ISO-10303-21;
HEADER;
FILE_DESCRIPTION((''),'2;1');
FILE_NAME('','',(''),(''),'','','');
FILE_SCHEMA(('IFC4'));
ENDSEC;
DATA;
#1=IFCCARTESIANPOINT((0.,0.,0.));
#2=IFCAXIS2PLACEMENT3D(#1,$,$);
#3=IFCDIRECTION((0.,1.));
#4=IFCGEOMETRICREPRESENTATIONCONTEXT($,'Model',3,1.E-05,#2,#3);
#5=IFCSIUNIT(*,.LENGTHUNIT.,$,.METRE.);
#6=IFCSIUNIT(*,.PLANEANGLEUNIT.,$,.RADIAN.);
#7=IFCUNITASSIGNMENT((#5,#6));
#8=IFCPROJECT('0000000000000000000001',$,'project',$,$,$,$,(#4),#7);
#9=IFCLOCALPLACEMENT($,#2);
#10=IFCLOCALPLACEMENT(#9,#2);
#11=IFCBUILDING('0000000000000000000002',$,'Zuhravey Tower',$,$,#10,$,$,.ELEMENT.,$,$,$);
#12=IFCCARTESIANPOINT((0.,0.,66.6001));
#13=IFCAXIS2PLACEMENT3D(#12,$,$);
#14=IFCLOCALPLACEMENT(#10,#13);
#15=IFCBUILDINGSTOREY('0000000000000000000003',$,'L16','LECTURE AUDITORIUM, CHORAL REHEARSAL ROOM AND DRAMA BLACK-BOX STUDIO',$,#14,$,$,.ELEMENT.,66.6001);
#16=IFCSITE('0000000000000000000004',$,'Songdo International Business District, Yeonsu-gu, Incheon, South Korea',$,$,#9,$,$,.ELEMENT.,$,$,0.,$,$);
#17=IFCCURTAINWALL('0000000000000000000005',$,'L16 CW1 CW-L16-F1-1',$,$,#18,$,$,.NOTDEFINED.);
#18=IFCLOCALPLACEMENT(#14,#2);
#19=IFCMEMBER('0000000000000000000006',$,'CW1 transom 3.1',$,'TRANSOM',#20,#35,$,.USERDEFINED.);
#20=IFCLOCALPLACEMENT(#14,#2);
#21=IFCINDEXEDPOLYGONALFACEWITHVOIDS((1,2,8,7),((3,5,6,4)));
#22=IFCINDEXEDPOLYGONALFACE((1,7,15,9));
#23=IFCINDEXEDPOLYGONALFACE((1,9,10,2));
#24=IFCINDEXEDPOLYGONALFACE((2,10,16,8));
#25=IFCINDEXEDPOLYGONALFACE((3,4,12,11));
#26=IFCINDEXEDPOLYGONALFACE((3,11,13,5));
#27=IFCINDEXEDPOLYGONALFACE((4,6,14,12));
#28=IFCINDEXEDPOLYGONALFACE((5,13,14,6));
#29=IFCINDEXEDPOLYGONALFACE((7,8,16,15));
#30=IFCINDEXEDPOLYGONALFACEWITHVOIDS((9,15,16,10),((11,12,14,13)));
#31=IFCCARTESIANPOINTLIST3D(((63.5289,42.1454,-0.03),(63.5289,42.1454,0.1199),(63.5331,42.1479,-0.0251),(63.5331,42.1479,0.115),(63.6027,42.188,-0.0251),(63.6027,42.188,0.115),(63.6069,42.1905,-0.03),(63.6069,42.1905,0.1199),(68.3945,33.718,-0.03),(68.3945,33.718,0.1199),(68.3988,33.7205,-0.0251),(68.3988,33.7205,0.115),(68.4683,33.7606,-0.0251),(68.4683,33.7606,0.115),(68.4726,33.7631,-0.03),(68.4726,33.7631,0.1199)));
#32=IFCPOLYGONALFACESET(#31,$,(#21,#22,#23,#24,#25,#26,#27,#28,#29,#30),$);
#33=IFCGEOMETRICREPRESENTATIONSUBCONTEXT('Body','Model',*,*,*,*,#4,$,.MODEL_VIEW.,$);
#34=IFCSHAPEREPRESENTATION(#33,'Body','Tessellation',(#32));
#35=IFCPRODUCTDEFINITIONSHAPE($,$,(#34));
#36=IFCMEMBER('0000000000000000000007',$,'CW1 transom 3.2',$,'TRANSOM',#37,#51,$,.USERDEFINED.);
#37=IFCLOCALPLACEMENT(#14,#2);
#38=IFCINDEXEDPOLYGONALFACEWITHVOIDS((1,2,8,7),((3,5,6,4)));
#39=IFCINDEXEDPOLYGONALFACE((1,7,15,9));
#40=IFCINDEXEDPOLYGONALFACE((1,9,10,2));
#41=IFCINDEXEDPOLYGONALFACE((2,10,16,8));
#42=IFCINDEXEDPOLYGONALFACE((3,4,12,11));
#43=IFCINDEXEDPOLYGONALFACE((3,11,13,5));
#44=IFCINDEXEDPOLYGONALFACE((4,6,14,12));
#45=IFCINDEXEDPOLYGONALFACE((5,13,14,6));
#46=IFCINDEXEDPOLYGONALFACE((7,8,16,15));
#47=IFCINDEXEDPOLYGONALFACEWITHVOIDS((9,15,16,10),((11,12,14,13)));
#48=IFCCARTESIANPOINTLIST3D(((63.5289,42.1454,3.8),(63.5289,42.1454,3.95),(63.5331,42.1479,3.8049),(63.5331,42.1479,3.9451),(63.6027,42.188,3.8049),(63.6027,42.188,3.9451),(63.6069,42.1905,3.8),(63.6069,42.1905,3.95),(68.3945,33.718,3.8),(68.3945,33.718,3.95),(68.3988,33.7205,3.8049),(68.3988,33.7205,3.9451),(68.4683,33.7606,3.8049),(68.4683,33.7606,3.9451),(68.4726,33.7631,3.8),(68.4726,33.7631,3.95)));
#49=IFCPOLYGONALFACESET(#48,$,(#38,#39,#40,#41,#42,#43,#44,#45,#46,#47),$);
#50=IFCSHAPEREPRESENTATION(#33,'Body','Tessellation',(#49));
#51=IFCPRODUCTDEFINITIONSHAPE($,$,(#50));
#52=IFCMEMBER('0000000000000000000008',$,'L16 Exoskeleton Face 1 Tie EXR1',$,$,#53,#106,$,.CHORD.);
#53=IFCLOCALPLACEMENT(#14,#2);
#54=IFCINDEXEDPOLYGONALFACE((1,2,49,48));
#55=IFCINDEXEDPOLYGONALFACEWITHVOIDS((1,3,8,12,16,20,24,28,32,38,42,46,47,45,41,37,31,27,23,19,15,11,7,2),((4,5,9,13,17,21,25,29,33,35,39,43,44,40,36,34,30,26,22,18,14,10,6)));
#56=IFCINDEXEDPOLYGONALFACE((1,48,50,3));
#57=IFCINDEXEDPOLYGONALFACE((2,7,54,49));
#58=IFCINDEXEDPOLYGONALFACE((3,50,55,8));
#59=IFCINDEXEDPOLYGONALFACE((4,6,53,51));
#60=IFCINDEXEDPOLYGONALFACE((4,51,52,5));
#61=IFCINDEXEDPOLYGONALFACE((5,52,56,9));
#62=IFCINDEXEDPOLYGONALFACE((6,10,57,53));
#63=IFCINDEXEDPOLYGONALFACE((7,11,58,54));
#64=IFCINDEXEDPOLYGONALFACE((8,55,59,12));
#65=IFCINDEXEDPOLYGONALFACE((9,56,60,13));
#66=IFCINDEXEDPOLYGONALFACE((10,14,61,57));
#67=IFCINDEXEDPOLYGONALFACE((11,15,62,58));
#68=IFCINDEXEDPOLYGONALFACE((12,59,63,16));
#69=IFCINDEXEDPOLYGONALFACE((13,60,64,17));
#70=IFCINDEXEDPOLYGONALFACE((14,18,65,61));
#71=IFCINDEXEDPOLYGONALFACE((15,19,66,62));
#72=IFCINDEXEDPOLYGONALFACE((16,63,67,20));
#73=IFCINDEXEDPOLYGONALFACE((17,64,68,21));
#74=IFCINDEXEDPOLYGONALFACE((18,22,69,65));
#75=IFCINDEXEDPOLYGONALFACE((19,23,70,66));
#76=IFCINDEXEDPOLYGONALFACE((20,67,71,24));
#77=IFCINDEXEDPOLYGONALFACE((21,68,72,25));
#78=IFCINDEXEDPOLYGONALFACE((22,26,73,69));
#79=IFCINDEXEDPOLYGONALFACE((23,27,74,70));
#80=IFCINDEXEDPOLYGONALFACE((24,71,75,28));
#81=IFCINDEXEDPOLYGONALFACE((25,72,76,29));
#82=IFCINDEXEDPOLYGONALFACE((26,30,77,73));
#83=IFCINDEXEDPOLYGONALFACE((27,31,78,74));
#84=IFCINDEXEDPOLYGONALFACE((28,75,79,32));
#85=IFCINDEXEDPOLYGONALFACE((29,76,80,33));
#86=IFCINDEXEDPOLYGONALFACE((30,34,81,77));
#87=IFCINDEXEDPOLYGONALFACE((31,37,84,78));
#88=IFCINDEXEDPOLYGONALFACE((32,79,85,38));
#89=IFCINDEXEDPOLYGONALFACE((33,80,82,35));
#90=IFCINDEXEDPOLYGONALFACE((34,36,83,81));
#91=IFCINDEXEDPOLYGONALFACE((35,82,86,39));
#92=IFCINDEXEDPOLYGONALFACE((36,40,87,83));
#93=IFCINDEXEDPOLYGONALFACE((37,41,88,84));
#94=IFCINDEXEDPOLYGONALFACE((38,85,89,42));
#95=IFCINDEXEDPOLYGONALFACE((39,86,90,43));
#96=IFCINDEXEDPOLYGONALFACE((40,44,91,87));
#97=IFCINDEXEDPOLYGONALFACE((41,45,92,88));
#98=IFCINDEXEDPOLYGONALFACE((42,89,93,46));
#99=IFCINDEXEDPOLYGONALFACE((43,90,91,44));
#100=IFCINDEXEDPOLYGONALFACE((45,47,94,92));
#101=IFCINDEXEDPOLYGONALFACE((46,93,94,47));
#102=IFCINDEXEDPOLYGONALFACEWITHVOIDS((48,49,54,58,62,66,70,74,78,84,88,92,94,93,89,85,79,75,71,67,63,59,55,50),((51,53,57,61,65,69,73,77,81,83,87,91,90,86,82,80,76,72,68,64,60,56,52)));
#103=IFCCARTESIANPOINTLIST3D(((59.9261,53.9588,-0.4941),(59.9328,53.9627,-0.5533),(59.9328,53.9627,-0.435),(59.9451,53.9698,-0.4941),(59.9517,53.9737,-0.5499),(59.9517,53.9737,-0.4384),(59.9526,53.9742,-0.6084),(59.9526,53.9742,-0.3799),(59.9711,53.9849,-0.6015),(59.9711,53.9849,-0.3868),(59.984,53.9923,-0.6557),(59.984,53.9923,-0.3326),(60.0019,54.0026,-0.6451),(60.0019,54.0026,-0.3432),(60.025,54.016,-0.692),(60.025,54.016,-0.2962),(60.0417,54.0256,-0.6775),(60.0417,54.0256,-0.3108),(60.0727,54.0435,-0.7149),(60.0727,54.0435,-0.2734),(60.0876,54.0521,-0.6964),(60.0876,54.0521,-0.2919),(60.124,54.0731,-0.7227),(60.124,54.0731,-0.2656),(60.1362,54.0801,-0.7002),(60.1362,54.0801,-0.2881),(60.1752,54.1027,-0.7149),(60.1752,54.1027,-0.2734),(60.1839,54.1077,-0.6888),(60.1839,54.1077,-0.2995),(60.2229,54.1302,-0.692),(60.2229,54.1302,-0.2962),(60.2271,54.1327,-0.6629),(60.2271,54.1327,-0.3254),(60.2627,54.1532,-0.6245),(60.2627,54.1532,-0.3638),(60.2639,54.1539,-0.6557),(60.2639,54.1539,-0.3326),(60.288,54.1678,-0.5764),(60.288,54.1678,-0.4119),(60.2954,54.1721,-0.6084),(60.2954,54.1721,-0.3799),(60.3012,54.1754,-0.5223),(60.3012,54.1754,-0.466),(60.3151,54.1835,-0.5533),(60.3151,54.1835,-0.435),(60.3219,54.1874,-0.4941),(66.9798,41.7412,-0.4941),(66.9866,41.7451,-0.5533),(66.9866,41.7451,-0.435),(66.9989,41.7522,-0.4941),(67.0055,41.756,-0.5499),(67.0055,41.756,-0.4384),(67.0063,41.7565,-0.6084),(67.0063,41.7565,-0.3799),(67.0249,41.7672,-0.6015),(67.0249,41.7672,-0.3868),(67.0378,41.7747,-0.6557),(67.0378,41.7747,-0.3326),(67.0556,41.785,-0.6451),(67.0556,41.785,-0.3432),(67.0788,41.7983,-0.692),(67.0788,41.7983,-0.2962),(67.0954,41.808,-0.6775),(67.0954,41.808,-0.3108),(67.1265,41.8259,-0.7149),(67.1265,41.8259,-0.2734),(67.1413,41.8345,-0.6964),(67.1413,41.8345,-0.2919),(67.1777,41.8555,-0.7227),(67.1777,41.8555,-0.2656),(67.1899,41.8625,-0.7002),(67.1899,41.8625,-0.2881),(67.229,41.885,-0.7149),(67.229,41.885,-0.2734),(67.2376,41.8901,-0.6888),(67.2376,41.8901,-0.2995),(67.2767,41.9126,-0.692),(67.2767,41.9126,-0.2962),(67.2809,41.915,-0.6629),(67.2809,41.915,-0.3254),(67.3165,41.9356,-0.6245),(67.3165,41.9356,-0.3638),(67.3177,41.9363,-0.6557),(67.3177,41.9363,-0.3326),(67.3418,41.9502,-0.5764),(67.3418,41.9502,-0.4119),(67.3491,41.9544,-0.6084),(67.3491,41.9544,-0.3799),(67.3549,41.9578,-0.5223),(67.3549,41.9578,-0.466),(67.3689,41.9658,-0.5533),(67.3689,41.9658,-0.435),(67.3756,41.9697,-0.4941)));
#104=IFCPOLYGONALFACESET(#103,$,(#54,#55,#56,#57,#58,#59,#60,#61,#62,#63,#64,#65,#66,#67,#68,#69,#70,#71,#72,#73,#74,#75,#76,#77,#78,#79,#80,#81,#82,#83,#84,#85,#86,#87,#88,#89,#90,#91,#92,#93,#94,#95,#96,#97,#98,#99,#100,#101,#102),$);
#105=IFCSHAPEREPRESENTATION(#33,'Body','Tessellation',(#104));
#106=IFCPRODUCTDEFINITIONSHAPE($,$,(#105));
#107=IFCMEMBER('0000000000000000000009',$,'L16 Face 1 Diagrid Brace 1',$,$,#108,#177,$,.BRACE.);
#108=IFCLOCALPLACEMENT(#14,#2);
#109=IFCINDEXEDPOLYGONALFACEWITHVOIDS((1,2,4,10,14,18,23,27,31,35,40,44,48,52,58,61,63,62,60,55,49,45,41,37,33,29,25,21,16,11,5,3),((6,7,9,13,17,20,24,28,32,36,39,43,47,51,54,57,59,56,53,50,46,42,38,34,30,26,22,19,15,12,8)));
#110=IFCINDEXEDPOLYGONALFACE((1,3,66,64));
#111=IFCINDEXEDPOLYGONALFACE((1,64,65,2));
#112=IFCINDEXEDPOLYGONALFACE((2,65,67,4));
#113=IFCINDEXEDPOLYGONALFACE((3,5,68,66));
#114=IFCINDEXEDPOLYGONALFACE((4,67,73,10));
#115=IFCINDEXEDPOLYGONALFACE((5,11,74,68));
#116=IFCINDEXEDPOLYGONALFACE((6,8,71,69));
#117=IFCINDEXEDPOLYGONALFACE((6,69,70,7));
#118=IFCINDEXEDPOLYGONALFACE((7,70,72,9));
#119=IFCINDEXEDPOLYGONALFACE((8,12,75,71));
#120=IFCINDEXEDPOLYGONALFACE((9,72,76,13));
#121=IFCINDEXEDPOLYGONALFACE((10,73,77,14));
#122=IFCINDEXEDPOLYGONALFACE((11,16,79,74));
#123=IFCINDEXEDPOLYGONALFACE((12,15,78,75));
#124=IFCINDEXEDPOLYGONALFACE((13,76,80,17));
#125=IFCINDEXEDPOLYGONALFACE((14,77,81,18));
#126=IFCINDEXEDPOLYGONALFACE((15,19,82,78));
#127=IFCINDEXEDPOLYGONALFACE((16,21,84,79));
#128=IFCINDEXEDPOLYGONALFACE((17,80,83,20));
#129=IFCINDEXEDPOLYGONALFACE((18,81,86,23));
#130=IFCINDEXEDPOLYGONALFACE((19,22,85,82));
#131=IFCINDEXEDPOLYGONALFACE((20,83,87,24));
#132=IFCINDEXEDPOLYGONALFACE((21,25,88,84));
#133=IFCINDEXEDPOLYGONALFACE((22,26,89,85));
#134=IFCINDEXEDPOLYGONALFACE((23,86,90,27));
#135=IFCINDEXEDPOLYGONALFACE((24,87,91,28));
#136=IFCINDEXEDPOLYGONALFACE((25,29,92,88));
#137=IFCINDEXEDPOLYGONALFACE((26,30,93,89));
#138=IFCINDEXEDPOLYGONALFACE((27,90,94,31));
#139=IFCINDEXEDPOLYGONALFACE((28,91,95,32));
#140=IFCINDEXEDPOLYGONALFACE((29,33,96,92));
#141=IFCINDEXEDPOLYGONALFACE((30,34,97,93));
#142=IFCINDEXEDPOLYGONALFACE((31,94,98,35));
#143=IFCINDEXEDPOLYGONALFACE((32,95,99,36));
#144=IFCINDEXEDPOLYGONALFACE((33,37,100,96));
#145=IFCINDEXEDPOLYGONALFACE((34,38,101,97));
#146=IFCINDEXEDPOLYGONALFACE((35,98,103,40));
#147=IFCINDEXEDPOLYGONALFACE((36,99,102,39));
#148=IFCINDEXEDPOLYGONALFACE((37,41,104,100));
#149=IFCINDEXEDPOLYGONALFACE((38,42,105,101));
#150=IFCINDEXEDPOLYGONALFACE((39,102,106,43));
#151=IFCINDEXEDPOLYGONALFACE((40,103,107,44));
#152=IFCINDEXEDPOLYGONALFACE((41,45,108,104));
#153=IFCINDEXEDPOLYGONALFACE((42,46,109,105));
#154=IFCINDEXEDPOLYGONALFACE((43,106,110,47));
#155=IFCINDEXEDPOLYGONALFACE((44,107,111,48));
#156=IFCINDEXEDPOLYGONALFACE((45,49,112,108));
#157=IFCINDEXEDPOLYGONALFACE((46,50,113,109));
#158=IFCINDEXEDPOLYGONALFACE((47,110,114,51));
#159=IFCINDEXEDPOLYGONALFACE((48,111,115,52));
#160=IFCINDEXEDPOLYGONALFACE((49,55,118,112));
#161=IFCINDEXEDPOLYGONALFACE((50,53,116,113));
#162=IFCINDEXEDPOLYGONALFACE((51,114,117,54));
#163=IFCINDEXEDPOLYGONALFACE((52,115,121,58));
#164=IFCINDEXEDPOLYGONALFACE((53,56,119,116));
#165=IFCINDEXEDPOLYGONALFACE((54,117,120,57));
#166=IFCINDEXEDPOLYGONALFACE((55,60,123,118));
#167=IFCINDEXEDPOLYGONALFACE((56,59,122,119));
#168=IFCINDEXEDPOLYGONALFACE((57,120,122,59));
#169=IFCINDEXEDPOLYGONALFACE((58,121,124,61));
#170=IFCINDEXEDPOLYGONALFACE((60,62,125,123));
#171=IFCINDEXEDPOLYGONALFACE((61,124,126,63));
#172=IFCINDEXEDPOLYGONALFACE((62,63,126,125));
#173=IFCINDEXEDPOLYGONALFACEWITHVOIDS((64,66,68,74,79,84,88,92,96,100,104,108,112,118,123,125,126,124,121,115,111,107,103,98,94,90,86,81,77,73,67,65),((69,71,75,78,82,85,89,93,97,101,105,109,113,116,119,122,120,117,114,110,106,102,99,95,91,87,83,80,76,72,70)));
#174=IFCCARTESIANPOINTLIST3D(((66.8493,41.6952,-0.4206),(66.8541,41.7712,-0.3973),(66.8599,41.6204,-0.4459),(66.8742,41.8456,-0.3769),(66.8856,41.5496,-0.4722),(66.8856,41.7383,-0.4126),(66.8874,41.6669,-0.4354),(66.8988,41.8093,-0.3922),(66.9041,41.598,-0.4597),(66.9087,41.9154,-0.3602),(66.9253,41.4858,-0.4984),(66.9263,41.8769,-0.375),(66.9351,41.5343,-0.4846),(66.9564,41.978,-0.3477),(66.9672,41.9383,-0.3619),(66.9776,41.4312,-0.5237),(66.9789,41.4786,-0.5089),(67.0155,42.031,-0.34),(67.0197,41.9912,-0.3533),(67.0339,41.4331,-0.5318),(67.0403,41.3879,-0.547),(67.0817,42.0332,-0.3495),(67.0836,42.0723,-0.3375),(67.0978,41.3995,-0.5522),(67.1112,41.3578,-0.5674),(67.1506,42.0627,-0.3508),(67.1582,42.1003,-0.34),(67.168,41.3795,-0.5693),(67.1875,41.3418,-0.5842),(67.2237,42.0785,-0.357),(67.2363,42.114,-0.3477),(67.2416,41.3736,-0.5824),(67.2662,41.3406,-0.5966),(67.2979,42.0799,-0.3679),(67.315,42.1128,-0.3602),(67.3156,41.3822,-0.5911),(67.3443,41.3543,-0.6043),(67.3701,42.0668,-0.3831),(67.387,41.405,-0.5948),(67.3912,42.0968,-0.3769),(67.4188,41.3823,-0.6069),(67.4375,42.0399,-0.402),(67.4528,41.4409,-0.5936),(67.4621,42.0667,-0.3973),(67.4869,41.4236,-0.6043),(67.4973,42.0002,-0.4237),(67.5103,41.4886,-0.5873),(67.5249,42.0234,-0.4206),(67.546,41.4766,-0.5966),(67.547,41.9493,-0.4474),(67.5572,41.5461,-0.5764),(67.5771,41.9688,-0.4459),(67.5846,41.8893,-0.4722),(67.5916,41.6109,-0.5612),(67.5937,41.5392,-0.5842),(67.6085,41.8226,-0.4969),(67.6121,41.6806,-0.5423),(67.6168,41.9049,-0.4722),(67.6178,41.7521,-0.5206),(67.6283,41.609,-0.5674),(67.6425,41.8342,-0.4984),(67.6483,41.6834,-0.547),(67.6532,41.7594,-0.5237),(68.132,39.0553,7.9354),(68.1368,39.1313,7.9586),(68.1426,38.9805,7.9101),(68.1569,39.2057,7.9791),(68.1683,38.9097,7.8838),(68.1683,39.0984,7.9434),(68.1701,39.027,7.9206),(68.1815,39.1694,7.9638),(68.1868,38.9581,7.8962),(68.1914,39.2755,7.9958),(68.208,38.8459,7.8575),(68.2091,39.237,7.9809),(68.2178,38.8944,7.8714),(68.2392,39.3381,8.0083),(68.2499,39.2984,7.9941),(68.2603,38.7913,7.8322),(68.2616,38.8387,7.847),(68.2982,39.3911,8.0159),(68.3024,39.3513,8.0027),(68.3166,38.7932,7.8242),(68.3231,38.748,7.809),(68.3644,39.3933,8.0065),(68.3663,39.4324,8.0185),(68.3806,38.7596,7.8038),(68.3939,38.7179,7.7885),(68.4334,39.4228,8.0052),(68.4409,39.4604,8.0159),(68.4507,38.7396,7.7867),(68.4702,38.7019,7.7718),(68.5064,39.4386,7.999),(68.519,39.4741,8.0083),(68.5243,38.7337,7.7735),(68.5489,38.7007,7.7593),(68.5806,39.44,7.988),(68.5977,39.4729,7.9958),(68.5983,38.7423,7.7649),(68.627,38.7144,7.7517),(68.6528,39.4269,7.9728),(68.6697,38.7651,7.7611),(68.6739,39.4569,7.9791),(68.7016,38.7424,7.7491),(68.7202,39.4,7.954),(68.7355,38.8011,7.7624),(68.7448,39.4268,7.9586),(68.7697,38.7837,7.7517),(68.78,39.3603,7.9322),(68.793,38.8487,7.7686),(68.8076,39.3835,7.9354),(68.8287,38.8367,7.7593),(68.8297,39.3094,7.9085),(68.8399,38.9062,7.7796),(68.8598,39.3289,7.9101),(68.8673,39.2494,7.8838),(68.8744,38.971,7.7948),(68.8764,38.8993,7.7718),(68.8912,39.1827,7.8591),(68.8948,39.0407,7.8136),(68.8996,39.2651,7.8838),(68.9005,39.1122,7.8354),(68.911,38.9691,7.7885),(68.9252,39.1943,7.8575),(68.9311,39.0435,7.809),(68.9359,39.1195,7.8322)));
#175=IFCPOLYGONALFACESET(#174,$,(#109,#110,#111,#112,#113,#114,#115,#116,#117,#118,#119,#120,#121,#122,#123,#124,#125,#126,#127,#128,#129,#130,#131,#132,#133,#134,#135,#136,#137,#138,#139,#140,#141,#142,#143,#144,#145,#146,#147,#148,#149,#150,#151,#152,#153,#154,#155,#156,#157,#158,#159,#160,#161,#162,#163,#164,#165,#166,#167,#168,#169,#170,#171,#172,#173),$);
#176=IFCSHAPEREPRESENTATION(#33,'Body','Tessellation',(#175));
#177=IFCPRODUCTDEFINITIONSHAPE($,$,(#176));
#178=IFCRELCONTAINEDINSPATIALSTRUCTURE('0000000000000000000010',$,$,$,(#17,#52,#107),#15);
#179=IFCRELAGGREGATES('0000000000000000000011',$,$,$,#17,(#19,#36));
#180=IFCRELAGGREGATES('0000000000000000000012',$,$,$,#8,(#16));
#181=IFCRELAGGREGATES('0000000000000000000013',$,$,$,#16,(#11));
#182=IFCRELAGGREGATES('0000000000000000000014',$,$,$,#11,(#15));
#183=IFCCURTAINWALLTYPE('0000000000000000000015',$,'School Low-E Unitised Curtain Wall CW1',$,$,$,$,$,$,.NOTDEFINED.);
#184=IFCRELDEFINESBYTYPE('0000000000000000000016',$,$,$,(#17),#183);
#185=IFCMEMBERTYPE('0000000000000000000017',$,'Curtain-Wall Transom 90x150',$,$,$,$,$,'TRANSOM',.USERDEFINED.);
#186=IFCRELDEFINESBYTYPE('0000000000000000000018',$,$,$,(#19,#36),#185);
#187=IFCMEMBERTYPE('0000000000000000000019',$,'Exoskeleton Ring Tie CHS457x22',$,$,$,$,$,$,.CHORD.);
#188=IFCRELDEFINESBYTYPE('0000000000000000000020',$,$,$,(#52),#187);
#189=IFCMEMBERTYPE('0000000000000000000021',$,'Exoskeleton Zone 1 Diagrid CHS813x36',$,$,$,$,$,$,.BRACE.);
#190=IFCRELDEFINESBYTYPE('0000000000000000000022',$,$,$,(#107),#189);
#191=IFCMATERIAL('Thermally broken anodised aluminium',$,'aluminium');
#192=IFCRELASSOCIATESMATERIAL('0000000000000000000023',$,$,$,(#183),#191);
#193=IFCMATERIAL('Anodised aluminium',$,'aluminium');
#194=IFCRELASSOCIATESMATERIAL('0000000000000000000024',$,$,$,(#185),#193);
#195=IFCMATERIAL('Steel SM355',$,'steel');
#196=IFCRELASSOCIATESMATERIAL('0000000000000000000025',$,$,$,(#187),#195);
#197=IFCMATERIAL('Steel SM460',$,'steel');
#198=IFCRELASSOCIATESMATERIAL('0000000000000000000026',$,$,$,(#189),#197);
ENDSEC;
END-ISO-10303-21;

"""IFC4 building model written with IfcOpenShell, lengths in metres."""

from ifc_helpers import new_model, si_unit, direction, frame, origin, origin_2d, place, context, subcontext, project, spatial, hollow_rectangle, hollow_circle, extrude, material, material_profile, profile_set, type_object, element, aggregate, save


model = new_model("IFC4")

# Units and contexts
model_context = context("Model", 3, precision=1e-05, world=origin(), true_north=direction((0.0, 1.0)))
body_context = subcontext(model_context, "Body", "Model", "MODEL_VIEW")
ifc_project = project(units=[si_unit("LENGTHUNIT", "METRE"), si_unit("PLANEANGLEUNIT", "RADIAN")], contexts=[model_context])

# Site, building, storey
site_placement = place(None, origin())
site = spatial("IfcSite", under=ifc_project, at=site_placement, Name="Songdo International Business District, Yeonsu-gu, Incheon, South Korea", CompositionType="ELEMENT", RefElevation=0.0)
building_placement = place(site_placement, origin())
building = spatial("IfcBuilding", under=site, at=building_placement, Name="Zuhravey Tower", CompositionType="ELEMENT")
storey_placement = place(building_placement, frame((0.0, 0.0, 66.6001)))
storey = spatial("IfcBuildingStorey", under=building, at=storey_placement, Name="L16", Description="LECTURE AUDITORIUM, CHORAL REHEARSAL ROOM AND DRAMA BLACK-BOX STUDIO", CompositionType="ELEMENT", Elevation=66.6001)

# Shared definitions
ifc_material_1 = material(Name="Thermally broken anodised aluminium", Category="aluminium")
curtain_wall_type = type_object("IfcCurtainWallType", Name="School Low-E Unitised Curtain Wall CW1", PredefinedType="NOTDEFINED", material=ifc_material_1)
ifc_material_2 = material(Name="Anodised aluminium", Category="aluminium")

# Curtain wall, members
curtain_wall_1_placement = place(storey_placement, origin())
curtain_wall_1 = element("IfcCurtainWall", 1, at=curtain_wall_1_placement, inside=storey, type_object=curtain_wall_type, Name="L16 CW1 CW-L16-F1-1", PredefinedType="NOTDEFINED")
ifc_material_profile_1 = material_profile(ifc_material_2, hollow_rectangle(XDim=0.0901, YDim=0.1499, WallThickness=0.0049, at=origin_2d()), Name="ALU-RHS-90x150x5")
ifc_profile_set_1 = profile_set([ifc_material_profile_1], Name="Anodised aluminium")
member_type_1 = type_object("IfcMemberType", Name="Curtain-Wall Transom 90x150", ElementType="TRANSOM", PredefinedType="USERDEFINED", material=ifc_profile_set_1)
member_1_placement = place(storey_placement, frame((63.5679, 42.168, 0.0449), z_axis=(0.500008, -0.866021, 0.0), x_axis=(0.866021, 0.500008, 0.0)))
member_1 = element("IfcMember", 2, at=member_1_placement, type_object=member_type_1, Name="CW1 transom 3.1", ObjectType="TRANSOM", PredefinedType="USERDEFINED", context=body_context, shape_type="SweptSolid", body=[
    extrude(hollow_rectangle(XDim=0.0901, YDim=0.1499, WallThickness=0.0049, at=origin_2d()), origin(), (0.0, 0.0, 1.0), 9.7312),
])
member_2_placement = place(storey_placement, frame((63.5679, 42.168, 3.875), z_axis=(0.500008, -0.866021, 0.0), x_axis=(0.866021, 0.500008, 0.0)))
member_2 = element("IfcMember", 3, at=member_2_placement, type_object=member_type_1, Name="CW1 transom 3.2", ObjectType="TRANSOM", PredefinedType="USERDEFINED", context=body_context, shape_type="SweptSolid", body=[
    extrude(hollow_rectangle(XDim=0.0901, YDim=0.1499, WallThickness=0.0049, at=origin_2d()), origin(), (0.0, 0.0, 1.0), 9.7312),
])

# Members
ifc_material_3 = material(Name="Steel SM355", Category="steel")
ifc_material_profile_2 = material_profile(ifc_material_3, hollow_circle(Radius=0.2285, WallThickness=0.022, at=origin_2d()), Name="CHS-457.2x22")
ifc_profile_set_2 = profile_set([ifc_material_profile_2], Name="Steel SM355")
member_type_2 = type_object("IfcMemberType", Name="Exoskeleton Ring Tie CHS457x22", PredefinedType="CHORD", material=ifc_profile_set_2)
member_3_placement = place(storey_placement, frame((67.1777, 41.8555, -0.4941), z_axis=(-0.499996, 0.866028, 0.0), x_axis=(-0.866028, -0.499996, 0.0)))
element("IfcMember", 4, at=member_3_placement, inside=storey, type_object=member_type_2, Name="L16 Exoskeleton Face 1 Tie EXR1", PredefinedType="CHORD", context=body_context, shape_type="SweptSolid", body=[
    extrude(hollow_circle(Radius=0.2285, WallThickness=0.022, at=origin_2d()), origin(), (0.0, 0.0, 1.0), 14.1077),
])
ifc_material_4 = material(Name="Steel SM460", Category="steel")
ifc_material_profile_3 = material_profile(ifc_material_4, hollow_circle(Radius=0.4065, WallThickness=0.0359, at=origin_2d()), Name="CHS-812.8x36")
ifc_profile_set_3 = profile_set([ifc_material_profile_3], Name="Steel SM460")
member_type_3 = type_object("IfcMemberType", Name="Exoskeleton Zone 1 Diagrid CHS813x36", PredefinedType="BRACE", material=ifc_profile_set_3)
member_4_placement = place(storey_placement, frame((67.2512, 41.7273, -0.4722), z_axis=(0.144834, -0.298076, 0.94349), x_axis=(0.899444, 0.437037, 0.0)))
element("IfcMember", 5, at=member_4_placement, inside=storey, type_object=member_type_3, Name="L16 Face 1 Diagrid Brace 1", PredefinedType="BRACE", context=body_context, shape_type="SweptSolid", body=[
    extrude(hollow_circle(Radius=0.4065, WallThickness=0.0359, at=origin_2d()), origin(), (0.0, 0.0, 1.0), 8.8564),
])

aggregate(curtain_wall_1, [member_1, member_2])

save(model, "model.ifc")
